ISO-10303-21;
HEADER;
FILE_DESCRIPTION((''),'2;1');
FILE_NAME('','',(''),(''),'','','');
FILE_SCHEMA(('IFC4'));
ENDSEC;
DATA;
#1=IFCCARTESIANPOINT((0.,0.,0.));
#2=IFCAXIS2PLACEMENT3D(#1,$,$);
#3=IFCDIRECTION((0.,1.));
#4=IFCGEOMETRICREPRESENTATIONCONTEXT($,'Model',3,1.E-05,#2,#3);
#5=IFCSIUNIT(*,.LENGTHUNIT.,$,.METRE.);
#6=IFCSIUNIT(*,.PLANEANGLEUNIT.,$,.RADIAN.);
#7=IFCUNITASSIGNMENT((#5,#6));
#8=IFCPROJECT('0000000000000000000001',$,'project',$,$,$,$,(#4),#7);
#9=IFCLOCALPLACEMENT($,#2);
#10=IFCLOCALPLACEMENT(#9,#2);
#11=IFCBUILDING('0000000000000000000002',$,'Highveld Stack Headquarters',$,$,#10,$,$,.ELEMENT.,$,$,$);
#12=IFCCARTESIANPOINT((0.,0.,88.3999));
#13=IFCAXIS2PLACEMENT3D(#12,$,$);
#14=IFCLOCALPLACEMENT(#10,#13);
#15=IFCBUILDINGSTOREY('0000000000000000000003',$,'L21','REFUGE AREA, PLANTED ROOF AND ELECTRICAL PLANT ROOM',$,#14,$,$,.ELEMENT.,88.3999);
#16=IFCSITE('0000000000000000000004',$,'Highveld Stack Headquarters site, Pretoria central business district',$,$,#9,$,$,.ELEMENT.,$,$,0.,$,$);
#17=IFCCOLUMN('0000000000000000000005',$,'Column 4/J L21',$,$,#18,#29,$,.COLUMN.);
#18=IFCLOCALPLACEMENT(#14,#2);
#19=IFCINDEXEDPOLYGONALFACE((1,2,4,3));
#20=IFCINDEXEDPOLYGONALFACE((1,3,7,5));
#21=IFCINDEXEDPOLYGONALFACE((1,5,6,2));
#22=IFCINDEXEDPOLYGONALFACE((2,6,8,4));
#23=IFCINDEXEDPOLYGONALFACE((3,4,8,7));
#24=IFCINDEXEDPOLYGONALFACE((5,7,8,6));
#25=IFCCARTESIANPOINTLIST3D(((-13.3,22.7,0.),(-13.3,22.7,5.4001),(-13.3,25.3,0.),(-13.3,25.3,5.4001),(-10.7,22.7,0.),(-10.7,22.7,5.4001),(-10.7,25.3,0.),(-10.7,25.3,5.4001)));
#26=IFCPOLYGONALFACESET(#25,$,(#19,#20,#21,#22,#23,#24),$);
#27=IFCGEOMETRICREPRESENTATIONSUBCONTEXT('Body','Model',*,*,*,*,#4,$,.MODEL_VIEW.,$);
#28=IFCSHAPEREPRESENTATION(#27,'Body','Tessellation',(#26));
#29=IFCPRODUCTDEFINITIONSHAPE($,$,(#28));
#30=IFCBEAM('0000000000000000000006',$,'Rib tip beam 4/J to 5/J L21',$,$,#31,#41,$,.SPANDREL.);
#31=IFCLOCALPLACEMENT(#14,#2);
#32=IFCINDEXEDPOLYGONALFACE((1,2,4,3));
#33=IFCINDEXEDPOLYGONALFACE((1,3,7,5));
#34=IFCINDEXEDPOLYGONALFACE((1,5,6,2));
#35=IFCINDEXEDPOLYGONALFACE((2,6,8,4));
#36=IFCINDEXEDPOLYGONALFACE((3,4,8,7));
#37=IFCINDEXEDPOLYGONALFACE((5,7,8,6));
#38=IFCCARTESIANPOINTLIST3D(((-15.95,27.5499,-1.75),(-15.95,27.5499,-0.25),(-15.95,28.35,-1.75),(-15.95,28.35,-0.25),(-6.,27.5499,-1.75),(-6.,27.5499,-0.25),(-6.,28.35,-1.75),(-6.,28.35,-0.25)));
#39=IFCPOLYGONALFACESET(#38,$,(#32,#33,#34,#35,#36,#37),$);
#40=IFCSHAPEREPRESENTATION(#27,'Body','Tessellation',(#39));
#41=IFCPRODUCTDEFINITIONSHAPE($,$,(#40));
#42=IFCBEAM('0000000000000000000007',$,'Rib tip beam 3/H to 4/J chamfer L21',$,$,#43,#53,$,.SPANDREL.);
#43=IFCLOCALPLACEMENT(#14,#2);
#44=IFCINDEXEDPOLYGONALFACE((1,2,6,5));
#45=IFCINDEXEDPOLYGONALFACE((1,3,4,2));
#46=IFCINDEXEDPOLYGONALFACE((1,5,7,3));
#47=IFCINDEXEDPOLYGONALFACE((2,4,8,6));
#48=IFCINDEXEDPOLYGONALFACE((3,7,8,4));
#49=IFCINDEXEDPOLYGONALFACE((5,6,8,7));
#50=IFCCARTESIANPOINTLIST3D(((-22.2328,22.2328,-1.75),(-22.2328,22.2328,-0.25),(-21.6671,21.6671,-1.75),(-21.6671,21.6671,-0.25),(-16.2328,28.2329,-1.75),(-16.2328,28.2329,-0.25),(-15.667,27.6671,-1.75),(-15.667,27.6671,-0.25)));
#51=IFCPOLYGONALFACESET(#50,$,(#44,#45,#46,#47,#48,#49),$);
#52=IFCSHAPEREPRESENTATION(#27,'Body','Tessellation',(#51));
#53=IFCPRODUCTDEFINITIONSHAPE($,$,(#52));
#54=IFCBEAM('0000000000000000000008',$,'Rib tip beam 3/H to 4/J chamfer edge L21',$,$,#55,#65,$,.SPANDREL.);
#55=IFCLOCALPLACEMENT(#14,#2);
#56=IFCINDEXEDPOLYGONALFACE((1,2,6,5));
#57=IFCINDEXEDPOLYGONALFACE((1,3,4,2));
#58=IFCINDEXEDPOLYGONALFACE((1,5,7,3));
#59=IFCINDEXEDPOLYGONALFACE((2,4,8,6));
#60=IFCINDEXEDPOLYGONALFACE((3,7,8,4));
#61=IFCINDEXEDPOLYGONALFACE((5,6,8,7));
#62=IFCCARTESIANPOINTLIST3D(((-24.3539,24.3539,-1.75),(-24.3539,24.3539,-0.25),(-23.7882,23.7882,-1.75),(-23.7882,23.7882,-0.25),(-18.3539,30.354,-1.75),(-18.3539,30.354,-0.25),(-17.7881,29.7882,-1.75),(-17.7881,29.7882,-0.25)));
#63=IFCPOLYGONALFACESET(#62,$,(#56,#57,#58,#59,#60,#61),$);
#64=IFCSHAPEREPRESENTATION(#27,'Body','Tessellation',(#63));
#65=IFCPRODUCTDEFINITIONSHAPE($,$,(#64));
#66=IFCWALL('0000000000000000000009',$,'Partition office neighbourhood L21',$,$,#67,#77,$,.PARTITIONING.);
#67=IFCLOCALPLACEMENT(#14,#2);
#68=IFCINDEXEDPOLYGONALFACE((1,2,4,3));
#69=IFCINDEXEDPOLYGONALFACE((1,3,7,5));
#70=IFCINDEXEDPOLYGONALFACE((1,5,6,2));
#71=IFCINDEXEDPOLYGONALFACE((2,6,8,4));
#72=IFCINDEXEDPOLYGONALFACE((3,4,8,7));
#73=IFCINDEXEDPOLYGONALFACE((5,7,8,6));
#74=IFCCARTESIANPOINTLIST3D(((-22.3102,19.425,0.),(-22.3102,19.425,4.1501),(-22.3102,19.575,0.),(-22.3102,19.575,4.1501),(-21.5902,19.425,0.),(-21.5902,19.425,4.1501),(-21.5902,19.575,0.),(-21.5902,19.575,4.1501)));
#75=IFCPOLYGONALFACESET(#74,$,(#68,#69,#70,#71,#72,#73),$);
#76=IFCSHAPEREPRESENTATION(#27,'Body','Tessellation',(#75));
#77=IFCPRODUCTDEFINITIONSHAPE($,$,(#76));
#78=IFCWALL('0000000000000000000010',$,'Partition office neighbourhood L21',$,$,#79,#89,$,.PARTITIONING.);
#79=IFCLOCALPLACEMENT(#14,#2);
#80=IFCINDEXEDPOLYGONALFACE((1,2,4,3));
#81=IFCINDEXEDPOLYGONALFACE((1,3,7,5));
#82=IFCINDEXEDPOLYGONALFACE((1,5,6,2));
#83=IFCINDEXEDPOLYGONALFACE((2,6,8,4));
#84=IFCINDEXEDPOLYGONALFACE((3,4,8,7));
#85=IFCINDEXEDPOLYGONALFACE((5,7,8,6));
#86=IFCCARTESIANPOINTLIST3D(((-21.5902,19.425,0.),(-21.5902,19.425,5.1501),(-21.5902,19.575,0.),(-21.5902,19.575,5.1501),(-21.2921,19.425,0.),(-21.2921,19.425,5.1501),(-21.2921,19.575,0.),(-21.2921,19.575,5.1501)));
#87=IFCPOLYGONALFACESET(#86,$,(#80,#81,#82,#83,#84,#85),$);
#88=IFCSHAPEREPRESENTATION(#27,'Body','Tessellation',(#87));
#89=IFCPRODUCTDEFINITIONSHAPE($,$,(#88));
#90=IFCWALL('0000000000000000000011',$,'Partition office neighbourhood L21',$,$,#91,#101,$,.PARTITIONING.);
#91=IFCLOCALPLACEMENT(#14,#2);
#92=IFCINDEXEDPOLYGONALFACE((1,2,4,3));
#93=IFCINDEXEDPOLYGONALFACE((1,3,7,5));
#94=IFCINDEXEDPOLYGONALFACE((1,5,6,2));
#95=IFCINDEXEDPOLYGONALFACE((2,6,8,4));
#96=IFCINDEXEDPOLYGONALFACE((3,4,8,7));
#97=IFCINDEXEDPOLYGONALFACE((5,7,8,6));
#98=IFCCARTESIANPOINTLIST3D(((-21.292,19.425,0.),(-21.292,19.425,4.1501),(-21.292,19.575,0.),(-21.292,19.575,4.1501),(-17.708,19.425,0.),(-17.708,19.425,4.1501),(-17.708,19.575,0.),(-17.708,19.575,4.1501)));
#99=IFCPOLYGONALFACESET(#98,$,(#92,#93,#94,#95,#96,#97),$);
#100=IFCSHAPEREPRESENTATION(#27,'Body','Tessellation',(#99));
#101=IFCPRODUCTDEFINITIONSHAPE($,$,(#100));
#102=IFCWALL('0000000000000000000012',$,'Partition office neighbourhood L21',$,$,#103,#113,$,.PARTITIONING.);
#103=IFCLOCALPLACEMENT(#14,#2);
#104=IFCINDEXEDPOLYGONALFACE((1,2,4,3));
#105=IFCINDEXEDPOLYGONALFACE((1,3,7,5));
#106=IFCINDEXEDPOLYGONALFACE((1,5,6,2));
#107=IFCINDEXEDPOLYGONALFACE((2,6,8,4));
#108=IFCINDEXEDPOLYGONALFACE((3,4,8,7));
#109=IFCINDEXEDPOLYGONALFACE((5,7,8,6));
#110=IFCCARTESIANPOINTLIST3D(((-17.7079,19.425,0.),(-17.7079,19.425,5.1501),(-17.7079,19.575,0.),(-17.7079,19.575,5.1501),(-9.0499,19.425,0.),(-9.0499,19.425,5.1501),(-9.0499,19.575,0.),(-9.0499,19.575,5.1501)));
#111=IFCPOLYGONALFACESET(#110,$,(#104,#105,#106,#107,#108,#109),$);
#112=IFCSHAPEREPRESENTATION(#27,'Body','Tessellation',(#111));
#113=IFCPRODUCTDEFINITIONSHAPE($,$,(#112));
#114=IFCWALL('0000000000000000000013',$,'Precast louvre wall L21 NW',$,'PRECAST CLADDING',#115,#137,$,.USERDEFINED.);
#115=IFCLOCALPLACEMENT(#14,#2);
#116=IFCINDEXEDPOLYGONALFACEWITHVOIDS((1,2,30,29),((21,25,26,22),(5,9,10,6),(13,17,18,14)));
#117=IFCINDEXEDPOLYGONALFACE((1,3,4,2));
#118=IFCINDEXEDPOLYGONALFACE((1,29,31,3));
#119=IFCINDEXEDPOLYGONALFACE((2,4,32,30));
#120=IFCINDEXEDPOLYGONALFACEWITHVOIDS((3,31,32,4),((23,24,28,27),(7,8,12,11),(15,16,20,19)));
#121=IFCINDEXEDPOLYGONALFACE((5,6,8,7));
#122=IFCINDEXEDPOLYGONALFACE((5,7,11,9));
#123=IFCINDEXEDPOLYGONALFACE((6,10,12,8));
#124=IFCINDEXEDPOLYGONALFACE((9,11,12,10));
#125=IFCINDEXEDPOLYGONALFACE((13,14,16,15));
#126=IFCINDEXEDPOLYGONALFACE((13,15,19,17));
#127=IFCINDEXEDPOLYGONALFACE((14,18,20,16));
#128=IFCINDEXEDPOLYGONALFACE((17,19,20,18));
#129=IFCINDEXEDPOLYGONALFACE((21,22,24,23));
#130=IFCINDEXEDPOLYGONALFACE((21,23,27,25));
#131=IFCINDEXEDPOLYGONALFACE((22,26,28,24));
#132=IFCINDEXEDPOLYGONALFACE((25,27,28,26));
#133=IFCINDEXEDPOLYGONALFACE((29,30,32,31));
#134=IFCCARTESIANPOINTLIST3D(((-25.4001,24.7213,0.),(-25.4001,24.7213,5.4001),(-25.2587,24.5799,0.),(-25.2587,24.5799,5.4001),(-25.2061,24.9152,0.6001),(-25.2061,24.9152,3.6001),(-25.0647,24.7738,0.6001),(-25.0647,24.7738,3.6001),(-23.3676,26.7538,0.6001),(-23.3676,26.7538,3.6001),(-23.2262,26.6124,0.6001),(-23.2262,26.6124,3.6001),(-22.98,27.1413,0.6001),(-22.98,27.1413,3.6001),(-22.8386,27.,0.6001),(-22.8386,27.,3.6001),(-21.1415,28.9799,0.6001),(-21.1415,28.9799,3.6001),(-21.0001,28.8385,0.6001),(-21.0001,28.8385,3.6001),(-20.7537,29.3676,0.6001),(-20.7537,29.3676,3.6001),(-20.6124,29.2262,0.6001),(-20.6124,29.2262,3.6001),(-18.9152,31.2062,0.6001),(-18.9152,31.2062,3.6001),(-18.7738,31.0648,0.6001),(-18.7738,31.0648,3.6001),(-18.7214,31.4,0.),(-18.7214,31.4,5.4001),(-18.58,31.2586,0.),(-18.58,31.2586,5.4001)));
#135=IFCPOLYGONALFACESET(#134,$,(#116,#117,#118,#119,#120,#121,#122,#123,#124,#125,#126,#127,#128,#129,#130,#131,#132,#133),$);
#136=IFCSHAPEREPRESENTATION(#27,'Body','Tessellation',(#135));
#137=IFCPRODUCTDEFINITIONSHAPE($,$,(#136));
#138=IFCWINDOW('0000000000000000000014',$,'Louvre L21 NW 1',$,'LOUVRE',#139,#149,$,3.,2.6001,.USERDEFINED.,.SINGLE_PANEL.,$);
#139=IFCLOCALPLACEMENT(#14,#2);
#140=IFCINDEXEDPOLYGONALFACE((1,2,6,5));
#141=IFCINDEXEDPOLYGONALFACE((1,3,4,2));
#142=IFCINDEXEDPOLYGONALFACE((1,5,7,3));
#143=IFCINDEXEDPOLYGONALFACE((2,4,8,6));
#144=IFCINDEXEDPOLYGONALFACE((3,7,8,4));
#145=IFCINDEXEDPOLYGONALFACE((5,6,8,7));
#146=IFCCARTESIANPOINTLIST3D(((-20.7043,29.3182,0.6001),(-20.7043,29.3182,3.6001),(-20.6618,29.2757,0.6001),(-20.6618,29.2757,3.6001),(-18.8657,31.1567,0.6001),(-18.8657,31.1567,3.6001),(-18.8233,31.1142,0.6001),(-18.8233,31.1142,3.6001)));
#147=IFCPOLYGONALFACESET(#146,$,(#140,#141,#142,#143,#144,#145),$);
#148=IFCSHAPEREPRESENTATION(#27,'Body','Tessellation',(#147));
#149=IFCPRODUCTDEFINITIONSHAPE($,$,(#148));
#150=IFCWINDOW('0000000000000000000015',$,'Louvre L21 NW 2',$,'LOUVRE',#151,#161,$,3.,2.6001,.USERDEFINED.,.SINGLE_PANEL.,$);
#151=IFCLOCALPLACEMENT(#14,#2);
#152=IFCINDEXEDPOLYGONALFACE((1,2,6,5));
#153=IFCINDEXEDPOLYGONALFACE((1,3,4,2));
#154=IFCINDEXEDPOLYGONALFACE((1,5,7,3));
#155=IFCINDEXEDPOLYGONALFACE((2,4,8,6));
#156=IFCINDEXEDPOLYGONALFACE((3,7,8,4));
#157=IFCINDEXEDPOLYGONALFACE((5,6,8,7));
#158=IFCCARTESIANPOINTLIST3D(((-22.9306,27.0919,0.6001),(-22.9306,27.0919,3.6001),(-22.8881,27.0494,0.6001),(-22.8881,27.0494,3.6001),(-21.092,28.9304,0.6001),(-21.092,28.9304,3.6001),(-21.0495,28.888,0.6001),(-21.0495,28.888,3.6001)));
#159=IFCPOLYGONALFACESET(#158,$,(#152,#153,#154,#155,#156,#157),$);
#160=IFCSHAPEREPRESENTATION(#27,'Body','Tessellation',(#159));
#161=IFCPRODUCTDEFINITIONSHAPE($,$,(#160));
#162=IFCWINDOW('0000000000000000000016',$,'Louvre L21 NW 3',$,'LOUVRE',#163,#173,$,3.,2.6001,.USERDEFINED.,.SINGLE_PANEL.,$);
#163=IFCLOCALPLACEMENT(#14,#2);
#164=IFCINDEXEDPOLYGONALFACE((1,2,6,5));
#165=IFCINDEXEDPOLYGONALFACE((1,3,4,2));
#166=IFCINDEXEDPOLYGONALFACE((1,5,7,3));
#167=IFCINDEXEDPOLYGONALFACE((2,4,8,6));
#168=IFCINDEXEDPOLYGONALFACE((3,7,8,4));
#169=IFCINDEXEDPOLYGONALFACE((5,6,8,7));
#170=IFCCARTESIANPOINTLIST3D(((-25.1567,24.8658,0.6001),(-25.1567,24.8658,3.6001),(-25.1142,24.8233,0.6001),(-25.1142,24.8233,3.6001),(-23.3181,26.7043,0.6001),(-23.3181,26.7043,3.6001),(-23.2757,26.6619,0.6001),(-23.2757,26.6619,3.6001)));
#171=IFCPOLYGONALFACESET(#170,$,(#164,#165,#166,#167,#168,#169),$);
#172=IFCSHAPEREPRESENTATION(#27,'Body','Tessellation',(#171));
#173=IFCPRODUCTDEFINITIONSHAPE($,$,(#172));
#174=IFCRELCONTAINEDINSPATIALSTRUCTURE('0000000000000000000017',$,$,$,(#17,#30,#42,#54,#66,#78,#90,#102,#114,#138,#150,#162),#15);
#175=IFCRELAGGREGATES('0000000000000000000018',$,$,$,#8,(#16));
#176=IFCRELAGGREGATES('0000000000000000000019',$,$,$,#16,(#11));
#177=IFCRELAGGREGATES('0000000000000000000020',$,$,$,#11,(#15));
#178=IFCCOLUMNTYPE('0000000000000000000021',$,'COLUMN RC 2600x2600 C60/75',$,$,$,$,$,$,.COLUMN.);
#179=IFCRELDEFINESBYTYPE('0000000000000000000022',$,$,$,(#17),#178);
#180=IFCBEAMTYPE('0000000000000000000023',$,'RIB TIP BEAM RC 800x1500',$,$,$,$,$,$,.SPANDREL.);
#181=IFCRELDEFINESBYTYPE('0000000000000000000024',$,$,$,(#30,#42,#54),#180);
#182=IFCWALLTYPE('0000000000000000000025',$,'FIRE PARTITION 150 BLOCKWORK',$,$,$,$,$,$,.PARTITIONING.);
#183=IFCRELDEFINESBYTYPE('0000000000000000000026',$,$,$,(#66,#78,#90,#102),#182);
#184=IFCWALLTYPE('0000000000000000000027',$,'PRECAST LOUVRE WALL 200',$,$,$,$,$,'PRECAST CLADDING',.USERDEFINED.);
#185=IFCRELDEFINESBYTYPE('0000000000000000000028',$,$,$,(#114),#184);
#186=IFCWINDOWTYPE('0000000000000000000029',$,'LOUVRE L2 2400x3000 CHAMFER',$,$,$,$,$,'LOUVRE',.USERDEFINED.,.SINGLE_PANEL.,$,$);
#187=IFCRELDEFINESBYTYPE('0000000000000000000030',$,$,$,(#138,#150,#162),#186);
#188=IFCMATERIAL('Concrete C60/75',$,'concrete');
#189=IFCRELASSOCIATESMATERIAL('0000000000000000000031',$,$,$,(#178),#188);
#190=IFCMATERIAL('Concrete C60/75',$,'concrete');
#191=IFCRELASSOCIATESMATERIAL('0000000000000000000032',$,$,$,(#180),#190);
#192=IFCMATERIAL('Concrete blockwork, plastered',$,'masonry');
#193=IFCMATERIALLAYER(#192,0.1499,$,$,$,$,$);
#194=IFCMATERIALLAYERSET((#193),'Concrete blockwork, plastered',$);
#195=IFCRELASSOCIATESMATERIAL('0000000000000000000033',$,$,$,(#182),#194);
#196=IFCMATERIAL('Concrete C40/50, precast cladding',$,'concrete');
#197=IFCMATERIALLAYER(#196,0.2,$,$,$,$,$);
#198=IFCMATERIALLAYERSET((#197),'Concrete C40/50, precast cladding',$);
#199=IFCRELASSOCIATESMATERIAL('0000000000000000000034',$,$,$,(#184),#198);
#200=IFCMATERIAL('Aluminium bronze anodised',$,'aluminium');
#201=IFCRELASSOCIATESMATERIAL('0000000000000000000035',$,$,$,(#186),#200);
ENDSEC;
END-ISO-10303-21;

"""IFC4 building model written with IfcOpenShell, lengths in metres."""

from ifc_helpers import new_model, si_unit, direction, frame, frame_2d, origin, origin_2d, place, context, subcontext, project, spatial, rectangle, extrude, material, layer, layer_set, material_profile, profile_set, type_object, element, fill, save


model = new_model("IFC4")

# Units and contexts
model_context = context("Model", 3, precision=1e-05, world=origin(), true_north=direction((0.0, 1.0)))
body_context = subcontext(model_context, "Body", "Model", "MODEL_VIEW")
ifc_project = project(units=[si_unit("LENGTHUNIT", "METRE"), si_unit("PLANEANGLEUNIT", "RADIAN")], contexts=[model_context])

# Site, building, storey
site_placement = place(None, origin())
site = spatial("IfcSite", under=ifc_project, at=site_placement, Name="Highveld Stack Headquarters site, Pretoria central business district", CompositionType="ELEMENT", RefElevation=0.0)
building_placement = place(site_placement, origin())
building = spatial("IfcBuilding", under=site, at=building_placement, Name="Highveld Stack Headquarters", CompositionType="ELEMENT")
storey_placement = place(building_placement, frame((0.0, 0.0, 88.3999)))
storey = spatial("IfcBuildingStorey", under=building, at=storey_placement, Name="L21", Description="REFUGE AREA, PLANTED ROOF AND ELECTRICAL PLANT ROOM", CompositionType="ELEMENT", Elevation=88.3999)

# Column
ifc_material_1 = material(Name="Concrete C60/75", Category="concrete")
ifc_material_profile_1 = material_profile(ifc_material_1, rectangle(XDim=2.6001, YDim=2.6001, at=origin_2d()), Name="RC 2600x2600")
ifc_profile_set_1 = profile_set([ifc_material_profile_1], Name="Concrete C60/75")
column_type = type_object("IfcColumnType", Name="COLUMN RC 2600x2600 C60/75", PredefinedType="COLUMN", material=ifc_profile_set_1)
column_placement = place(storey_placement, frame((-12.0, 24.0, 0.0), z_axis=(0.0, 0.0, 1.0), x_axis=(1.0, 0.0, 0.0)))
element("IfcColumn", 1, at=column_placement, inside=storey, type_object=column_type, Name="Column 4/J L21", PredefinedType="COLUMN", context=body_context, shape_type="SweptSolid", body=[
    extrude(rectangle(XDim=2.6001, YDim=2.6001, at=origin_2d()), origin(), (0.0, 0.0, 1.0), 5.4001),
])

# Beams
ifc_material_2 = material(Name="Concrete C60/75", Category="concrete")
ifc_material_profile_2 = material_profile(ifc_material_2, rectangle(XDim=0.8, YDim=1.5, at=origin_2d()), Name="RC 800x1500")
ifc_profile_set_2 = profile_set([ifc_material_profile_2], Name="Concrete C60/75")
beam_type = type_object("IfcBeamType", Name="RIB TIP BEAM RC 800x1500", PredefinedType="SPANDREL", material=ifc_profile_set_2)
beam_placement = place(storey_placement, frame((-15.95, 27.95, -1.0), z_axis=(1.0, 0.0, 0.0), x_axis=(0.0, 1.0, 0.0)))
element("IfcBeam", 2, at=beam_placement, inside=storey, type_object=beam_type, Name="Rib tip beam 4/J to 5/J L21", PredefinedType="SPANDREL", context=body_context, shape_type="SweptSolid", body=[
    extrude(rectangle(XDim=0.8, YDim=1.5, at=origin_2d()), origin(), (0.0, 0.0, 1.0), 9.95),
])
for number, where, z_axis, x_axis, name in (
    (3, (-21.95, 21.95, -1.0), (0.707107, 0.707107, 0.0), (-0.707107, 0.707107, 0.0), "Rib tip beam 3/H to 4/J chamfer L21"),
    (4, (-24.071, 24.071, -1.0), (0.707107, 0.707107, 0.0), (-0.707107, 0.707107, 0.0), "Rib tip beam 3/H to 4/J chamfer edge L21"),
):
    element("IfcBeam", number, at=place(storey_placement, frame(where, z_axis=z_axis, x_axis=x_axis)), inside=storey, type_object=beam_type, Name=name, PredefinedType="SPANDREL", context=body_context, shape_type="SweptSolid", body=[
        extrude(rectangle(XDim=0.8, YDim=1.5, at=origin_2d()), origin(), (0.0, 0.0, 1.0), 8.4854),
    ])

# Walls
ifc_material_3 = material(Name="Concrete blockwork, plastered", Category="masonry")
ifc_layer_1 = layer(ifc_material_3, 0.1499)
ifc_layer_set_1 = layer_set([ifc_layer_1], Name="Concrete blockwork, plastered")
wall_type_1 = type_object("IfcWallType", Name="FIRE PARTITION 150 BLOCKWORK", PredefinedType="PARTITIONING", material=ifc_layer_set_1)
wall_1_placement = place(storey_placement, frame((-22.3101, 19.5, 0.0), z_axis=(0.0, 0.0, 1.0), x_axis=(1.0, 0.0, 0.0)))
element("IfcWall", 5, at=wall_1_placement, inside=storey, type_object=wall_type_1, Name="Partition office neighbourhood L21", PredefinedType="PARTITIONING", context=body_context, shape_type="SweptSolid", body=[
    extrude(rectangle(XDim=0.72, YDim=0.1499, at=frame_2d((0.3599, 0.0))), origin(), (0.0, 0.0, 1.0), 4.1501),
])
wall_2_placement = place(storey_placement, frame((-21.5901, 19.5, 0.0), z_axis=(0.0, 0.0, 1.0), x_axis=(1.0, 0.0, 0.0)))
element("IfcWall", 6, at=wall_2_placement, inside=storey, type_object=wall_type_1, Name="Partition office neighbourhood L21", PredefinedType="PARTITIONING", context=body_context, shape_type="SweptSolid", body=[
    extrude(rectangle(XDim=0.2981, YDim=0.1499, at=frame_2d((0.1489, 0.0))), origin(), (0.0, 0.0, 1.0), 5.1501),
])
wall_3_placement = place(storey_placement, frame((-21.292, 19.5, 0.0), z_axis=(0.0, 0.0, 1.0), x_axis=(1.0, 0.0, 0.0)))
element("IfcWall", 7, at=wall_3_placement, inside=storey, type_object=wall_type_1, Name="Partition office neighbourhood L21", PredefinedType="PARTITIONING", context=body_context, shape_type="SweptSolid", body=[
    extrude(rectangle(XDim=3.584, YDim=0.1499, at=frame_2d((1.792, 0.0))), origin(), (0.0, 0.0, 1.0), 4.1501),
])
wall_4_placement = place(storey_placement, frame((-17.708, 19.5, 0.0), z_axis=(0.0, 0.0, 1.0), x_axis=(1.0, 0.0, 0.0)))
element("IfcWall", 8, at=wall_4_placement, inside=storey, type_object=wall_type_1, Name="Partition office neighbourhood L21", PredefinedType="PARTITIONING", context=body_context, shape_type="SweptSolid", body=[
    extrude(rectangle(XDim=8.658, YDim=0.1499, at=frame_2d((4.3291, 0.0))), origin(), (0.0, 0.0, 1.0), 5.1501),
])

# Wall, openings, windows
ifc_material_4 = material(Name="Concrete C40/50, precast cladding", Category="concrete")
ifc_layer_2 = layer(ifc_material_4, 0.2)
ifc_layer_set_2 = layer_set([ifc_layer_2], Name="Concrete C40/50, precast cladding")
wall_type_2 = type_object("IfcWallType", Name="PRECAST LOUVRE WALL 200", ElementType="PRECAST CLADDING", PredefinedType="USERDEFINED", material=ifc_layer_set_2)
wall_5_placement = place(storey_placement, frame((-18.6506, 31.3293, 0.0), z_axis=(0.0, 0.0, 1.0), x_axis=(-0.707107, -0.707107, 0.0)))
wall_5 = element("IfcWall", 9, at=wall_5_placement, inside=storey, type_object=wall_type_2, Name="Precast louvre wall L21 NW", ObjectType="PRECAST CLADDING", PredefinedType="USERDEFINED", context=body_context, shape_type="SweptSolid", body=[
    extrude(rectangle(XDim=9.4451, YDim=0.2, at=frame_2d((4.7227, 0.0))), origin(), (0.0, 0.0, 1.0), 5.4001),
])
opening_1_placement = place(wall_5_placement, frame((0.2742, 0.0, 0.6001)))
opening_1 = element("IfcOpeningElement", 10, at=opening_1_placement, cuts=wall_5, PredefinedType="OPENING", context=body_context, shape_type="SweptSolid", body=[
    extrude(rectangle(XDim=2.6001, YDim=3.0, at=frame_2d((1.3, 1.5))), frame((0.0, 0.1099, 0.0), z_axis=(0.0, -1.0, 0.0), x_axis=(1.0, 0.0, 0.0)), (0.0, 0.0, 1.0), 0.22),
])
opening_2_placement = place(wall_5_placement, frame((3.4226, 0.0, 0.6001)))
opening_2 = element("IfcOpeningElement", 11, at=opening_2_placement, cuts=wall_5, PredefinedType="OPENING", context=body_context, shape_type="SweptSolid", body=[
    extrude(rectangle(XDim=2.6001, YDim=3.0, at=frame_2d((1.3, 1.5))), frame((0.0, 0.1099, 0.0), z_axis=(0.0, -1.0, 0.0), x_axis=(1.0, 0.0, 0.0)), (0.0, 0.0, 1.0), 0.22),
])
opening_3_placement = place(wall_5_placement, frame((6.5708, 0.0, 0.6001)))
opening_3 = element("IfcOpeningElement", 12, at=opening_3_placement, cuts=wall_5, PredefinedType="OPENING", context=body_context, shape_type="SweptSolid", body=[
    extrude(rectangle(XDim=2.6001, YDim=3.0, at=frame_2d((1.3, 1.5))), frame((0.0, 0.1099, 0.0), z_axis=(0.0, -1.0, 0.0), x_axis=(1.0, 0.0, 0.0)), (0.0, 0.0, 1.0), 0.22),
])
ifc_material_5 = material(Name="Aluminium bronze anodised", Category="aluminium")
window_type_1 = type_object("IfcWindowType", Name="LOUVRE L2 2400x3000 CHAMFER", ElementType="LOUVRE", PartitioningType="SINGLE_PANEL", PredefinedType="USERDEFINED", material=ifc_material_5)
window_1_placement = place(opening_1_placement, origin())
window_1 = element("IfcWindow", 13, at=window_1_placement, inside=storey, type_object=window_type_1, Name="Louvre L21 NW 1", ObjectType="LOUVRE", OverallHeight=3.0, OverallWidth=2.6001, PartitioningType="SINGLE_PANEL", PredefinedType="USERDEFINED", context=body_context, shape_type="SweptSolid", body=[
    extrude(rectangle(XDim=2.6001, YDim=3.0, at=frame_2d((1.3, 1.5))), frame((0.0, 0.03, 0.0), z_axis=(0.0, -1.0, 0.0), x_axis=(1.0, 0.0, 0.0)), (0.0, 0.0, 1.0), 0.0601),
])
fill(opening_1, window_1)
window_2_placement = place(opening_2_placement, origin())
window_2 = element("IfcWindow", 14, at=window_2_placement, inside=storey, type_object=window_type_1, Name="Louvre L21 NW 2", ObjectType="LOUVRE", OverallHeight=3.0, OverallWidth=2.6001, PartitioningType="SINGLE_PANEL", PredefinedType="USERDEFINED", context=body_context, shape_type="SweptSolid", body=[
    extrude(rectangle(XDim=2.6001, YDim=3.0, at=frame_2d((1.3, 1.5))), frame((0.0, 0.03, 0.0), z_axis=(0.0, -1.0, 0.0), x_axis=(1.0, 0.0, 0.0)), (0.0, 0.0, 1.0), 0.0601),
])
fill(opening_2, window_2)
window_3_placement = place(opening_3_placement, origin())
window_3 = element("IfcWindow", 15, at=window_3_placement, inside=storey, type_object=window_type_1, Name="Louvre L21 NW 3", ObjectType="LOUVRE", OverallHeight=3.0, OverallWidth=2.6001, PartitioningType="SINGLE_PANEL", PredefinedType="USERDEFINED", context=body_context, shape_type="SweptSolid", body=[
    extrude(rectangle(XDim=2.6001, YDim=3.0, at=frame_2d((1.3, 1.5))), frame((0.0, 0.03, 0.0), z_axis=(0.0, -1.0, 0.0), x_axis=(1.0, 0.0, 0.0)), (0.0, 0.0, 1.0), 0.0601),
])
fill(opening_3, window_3)

save(model, "model.ifc")
